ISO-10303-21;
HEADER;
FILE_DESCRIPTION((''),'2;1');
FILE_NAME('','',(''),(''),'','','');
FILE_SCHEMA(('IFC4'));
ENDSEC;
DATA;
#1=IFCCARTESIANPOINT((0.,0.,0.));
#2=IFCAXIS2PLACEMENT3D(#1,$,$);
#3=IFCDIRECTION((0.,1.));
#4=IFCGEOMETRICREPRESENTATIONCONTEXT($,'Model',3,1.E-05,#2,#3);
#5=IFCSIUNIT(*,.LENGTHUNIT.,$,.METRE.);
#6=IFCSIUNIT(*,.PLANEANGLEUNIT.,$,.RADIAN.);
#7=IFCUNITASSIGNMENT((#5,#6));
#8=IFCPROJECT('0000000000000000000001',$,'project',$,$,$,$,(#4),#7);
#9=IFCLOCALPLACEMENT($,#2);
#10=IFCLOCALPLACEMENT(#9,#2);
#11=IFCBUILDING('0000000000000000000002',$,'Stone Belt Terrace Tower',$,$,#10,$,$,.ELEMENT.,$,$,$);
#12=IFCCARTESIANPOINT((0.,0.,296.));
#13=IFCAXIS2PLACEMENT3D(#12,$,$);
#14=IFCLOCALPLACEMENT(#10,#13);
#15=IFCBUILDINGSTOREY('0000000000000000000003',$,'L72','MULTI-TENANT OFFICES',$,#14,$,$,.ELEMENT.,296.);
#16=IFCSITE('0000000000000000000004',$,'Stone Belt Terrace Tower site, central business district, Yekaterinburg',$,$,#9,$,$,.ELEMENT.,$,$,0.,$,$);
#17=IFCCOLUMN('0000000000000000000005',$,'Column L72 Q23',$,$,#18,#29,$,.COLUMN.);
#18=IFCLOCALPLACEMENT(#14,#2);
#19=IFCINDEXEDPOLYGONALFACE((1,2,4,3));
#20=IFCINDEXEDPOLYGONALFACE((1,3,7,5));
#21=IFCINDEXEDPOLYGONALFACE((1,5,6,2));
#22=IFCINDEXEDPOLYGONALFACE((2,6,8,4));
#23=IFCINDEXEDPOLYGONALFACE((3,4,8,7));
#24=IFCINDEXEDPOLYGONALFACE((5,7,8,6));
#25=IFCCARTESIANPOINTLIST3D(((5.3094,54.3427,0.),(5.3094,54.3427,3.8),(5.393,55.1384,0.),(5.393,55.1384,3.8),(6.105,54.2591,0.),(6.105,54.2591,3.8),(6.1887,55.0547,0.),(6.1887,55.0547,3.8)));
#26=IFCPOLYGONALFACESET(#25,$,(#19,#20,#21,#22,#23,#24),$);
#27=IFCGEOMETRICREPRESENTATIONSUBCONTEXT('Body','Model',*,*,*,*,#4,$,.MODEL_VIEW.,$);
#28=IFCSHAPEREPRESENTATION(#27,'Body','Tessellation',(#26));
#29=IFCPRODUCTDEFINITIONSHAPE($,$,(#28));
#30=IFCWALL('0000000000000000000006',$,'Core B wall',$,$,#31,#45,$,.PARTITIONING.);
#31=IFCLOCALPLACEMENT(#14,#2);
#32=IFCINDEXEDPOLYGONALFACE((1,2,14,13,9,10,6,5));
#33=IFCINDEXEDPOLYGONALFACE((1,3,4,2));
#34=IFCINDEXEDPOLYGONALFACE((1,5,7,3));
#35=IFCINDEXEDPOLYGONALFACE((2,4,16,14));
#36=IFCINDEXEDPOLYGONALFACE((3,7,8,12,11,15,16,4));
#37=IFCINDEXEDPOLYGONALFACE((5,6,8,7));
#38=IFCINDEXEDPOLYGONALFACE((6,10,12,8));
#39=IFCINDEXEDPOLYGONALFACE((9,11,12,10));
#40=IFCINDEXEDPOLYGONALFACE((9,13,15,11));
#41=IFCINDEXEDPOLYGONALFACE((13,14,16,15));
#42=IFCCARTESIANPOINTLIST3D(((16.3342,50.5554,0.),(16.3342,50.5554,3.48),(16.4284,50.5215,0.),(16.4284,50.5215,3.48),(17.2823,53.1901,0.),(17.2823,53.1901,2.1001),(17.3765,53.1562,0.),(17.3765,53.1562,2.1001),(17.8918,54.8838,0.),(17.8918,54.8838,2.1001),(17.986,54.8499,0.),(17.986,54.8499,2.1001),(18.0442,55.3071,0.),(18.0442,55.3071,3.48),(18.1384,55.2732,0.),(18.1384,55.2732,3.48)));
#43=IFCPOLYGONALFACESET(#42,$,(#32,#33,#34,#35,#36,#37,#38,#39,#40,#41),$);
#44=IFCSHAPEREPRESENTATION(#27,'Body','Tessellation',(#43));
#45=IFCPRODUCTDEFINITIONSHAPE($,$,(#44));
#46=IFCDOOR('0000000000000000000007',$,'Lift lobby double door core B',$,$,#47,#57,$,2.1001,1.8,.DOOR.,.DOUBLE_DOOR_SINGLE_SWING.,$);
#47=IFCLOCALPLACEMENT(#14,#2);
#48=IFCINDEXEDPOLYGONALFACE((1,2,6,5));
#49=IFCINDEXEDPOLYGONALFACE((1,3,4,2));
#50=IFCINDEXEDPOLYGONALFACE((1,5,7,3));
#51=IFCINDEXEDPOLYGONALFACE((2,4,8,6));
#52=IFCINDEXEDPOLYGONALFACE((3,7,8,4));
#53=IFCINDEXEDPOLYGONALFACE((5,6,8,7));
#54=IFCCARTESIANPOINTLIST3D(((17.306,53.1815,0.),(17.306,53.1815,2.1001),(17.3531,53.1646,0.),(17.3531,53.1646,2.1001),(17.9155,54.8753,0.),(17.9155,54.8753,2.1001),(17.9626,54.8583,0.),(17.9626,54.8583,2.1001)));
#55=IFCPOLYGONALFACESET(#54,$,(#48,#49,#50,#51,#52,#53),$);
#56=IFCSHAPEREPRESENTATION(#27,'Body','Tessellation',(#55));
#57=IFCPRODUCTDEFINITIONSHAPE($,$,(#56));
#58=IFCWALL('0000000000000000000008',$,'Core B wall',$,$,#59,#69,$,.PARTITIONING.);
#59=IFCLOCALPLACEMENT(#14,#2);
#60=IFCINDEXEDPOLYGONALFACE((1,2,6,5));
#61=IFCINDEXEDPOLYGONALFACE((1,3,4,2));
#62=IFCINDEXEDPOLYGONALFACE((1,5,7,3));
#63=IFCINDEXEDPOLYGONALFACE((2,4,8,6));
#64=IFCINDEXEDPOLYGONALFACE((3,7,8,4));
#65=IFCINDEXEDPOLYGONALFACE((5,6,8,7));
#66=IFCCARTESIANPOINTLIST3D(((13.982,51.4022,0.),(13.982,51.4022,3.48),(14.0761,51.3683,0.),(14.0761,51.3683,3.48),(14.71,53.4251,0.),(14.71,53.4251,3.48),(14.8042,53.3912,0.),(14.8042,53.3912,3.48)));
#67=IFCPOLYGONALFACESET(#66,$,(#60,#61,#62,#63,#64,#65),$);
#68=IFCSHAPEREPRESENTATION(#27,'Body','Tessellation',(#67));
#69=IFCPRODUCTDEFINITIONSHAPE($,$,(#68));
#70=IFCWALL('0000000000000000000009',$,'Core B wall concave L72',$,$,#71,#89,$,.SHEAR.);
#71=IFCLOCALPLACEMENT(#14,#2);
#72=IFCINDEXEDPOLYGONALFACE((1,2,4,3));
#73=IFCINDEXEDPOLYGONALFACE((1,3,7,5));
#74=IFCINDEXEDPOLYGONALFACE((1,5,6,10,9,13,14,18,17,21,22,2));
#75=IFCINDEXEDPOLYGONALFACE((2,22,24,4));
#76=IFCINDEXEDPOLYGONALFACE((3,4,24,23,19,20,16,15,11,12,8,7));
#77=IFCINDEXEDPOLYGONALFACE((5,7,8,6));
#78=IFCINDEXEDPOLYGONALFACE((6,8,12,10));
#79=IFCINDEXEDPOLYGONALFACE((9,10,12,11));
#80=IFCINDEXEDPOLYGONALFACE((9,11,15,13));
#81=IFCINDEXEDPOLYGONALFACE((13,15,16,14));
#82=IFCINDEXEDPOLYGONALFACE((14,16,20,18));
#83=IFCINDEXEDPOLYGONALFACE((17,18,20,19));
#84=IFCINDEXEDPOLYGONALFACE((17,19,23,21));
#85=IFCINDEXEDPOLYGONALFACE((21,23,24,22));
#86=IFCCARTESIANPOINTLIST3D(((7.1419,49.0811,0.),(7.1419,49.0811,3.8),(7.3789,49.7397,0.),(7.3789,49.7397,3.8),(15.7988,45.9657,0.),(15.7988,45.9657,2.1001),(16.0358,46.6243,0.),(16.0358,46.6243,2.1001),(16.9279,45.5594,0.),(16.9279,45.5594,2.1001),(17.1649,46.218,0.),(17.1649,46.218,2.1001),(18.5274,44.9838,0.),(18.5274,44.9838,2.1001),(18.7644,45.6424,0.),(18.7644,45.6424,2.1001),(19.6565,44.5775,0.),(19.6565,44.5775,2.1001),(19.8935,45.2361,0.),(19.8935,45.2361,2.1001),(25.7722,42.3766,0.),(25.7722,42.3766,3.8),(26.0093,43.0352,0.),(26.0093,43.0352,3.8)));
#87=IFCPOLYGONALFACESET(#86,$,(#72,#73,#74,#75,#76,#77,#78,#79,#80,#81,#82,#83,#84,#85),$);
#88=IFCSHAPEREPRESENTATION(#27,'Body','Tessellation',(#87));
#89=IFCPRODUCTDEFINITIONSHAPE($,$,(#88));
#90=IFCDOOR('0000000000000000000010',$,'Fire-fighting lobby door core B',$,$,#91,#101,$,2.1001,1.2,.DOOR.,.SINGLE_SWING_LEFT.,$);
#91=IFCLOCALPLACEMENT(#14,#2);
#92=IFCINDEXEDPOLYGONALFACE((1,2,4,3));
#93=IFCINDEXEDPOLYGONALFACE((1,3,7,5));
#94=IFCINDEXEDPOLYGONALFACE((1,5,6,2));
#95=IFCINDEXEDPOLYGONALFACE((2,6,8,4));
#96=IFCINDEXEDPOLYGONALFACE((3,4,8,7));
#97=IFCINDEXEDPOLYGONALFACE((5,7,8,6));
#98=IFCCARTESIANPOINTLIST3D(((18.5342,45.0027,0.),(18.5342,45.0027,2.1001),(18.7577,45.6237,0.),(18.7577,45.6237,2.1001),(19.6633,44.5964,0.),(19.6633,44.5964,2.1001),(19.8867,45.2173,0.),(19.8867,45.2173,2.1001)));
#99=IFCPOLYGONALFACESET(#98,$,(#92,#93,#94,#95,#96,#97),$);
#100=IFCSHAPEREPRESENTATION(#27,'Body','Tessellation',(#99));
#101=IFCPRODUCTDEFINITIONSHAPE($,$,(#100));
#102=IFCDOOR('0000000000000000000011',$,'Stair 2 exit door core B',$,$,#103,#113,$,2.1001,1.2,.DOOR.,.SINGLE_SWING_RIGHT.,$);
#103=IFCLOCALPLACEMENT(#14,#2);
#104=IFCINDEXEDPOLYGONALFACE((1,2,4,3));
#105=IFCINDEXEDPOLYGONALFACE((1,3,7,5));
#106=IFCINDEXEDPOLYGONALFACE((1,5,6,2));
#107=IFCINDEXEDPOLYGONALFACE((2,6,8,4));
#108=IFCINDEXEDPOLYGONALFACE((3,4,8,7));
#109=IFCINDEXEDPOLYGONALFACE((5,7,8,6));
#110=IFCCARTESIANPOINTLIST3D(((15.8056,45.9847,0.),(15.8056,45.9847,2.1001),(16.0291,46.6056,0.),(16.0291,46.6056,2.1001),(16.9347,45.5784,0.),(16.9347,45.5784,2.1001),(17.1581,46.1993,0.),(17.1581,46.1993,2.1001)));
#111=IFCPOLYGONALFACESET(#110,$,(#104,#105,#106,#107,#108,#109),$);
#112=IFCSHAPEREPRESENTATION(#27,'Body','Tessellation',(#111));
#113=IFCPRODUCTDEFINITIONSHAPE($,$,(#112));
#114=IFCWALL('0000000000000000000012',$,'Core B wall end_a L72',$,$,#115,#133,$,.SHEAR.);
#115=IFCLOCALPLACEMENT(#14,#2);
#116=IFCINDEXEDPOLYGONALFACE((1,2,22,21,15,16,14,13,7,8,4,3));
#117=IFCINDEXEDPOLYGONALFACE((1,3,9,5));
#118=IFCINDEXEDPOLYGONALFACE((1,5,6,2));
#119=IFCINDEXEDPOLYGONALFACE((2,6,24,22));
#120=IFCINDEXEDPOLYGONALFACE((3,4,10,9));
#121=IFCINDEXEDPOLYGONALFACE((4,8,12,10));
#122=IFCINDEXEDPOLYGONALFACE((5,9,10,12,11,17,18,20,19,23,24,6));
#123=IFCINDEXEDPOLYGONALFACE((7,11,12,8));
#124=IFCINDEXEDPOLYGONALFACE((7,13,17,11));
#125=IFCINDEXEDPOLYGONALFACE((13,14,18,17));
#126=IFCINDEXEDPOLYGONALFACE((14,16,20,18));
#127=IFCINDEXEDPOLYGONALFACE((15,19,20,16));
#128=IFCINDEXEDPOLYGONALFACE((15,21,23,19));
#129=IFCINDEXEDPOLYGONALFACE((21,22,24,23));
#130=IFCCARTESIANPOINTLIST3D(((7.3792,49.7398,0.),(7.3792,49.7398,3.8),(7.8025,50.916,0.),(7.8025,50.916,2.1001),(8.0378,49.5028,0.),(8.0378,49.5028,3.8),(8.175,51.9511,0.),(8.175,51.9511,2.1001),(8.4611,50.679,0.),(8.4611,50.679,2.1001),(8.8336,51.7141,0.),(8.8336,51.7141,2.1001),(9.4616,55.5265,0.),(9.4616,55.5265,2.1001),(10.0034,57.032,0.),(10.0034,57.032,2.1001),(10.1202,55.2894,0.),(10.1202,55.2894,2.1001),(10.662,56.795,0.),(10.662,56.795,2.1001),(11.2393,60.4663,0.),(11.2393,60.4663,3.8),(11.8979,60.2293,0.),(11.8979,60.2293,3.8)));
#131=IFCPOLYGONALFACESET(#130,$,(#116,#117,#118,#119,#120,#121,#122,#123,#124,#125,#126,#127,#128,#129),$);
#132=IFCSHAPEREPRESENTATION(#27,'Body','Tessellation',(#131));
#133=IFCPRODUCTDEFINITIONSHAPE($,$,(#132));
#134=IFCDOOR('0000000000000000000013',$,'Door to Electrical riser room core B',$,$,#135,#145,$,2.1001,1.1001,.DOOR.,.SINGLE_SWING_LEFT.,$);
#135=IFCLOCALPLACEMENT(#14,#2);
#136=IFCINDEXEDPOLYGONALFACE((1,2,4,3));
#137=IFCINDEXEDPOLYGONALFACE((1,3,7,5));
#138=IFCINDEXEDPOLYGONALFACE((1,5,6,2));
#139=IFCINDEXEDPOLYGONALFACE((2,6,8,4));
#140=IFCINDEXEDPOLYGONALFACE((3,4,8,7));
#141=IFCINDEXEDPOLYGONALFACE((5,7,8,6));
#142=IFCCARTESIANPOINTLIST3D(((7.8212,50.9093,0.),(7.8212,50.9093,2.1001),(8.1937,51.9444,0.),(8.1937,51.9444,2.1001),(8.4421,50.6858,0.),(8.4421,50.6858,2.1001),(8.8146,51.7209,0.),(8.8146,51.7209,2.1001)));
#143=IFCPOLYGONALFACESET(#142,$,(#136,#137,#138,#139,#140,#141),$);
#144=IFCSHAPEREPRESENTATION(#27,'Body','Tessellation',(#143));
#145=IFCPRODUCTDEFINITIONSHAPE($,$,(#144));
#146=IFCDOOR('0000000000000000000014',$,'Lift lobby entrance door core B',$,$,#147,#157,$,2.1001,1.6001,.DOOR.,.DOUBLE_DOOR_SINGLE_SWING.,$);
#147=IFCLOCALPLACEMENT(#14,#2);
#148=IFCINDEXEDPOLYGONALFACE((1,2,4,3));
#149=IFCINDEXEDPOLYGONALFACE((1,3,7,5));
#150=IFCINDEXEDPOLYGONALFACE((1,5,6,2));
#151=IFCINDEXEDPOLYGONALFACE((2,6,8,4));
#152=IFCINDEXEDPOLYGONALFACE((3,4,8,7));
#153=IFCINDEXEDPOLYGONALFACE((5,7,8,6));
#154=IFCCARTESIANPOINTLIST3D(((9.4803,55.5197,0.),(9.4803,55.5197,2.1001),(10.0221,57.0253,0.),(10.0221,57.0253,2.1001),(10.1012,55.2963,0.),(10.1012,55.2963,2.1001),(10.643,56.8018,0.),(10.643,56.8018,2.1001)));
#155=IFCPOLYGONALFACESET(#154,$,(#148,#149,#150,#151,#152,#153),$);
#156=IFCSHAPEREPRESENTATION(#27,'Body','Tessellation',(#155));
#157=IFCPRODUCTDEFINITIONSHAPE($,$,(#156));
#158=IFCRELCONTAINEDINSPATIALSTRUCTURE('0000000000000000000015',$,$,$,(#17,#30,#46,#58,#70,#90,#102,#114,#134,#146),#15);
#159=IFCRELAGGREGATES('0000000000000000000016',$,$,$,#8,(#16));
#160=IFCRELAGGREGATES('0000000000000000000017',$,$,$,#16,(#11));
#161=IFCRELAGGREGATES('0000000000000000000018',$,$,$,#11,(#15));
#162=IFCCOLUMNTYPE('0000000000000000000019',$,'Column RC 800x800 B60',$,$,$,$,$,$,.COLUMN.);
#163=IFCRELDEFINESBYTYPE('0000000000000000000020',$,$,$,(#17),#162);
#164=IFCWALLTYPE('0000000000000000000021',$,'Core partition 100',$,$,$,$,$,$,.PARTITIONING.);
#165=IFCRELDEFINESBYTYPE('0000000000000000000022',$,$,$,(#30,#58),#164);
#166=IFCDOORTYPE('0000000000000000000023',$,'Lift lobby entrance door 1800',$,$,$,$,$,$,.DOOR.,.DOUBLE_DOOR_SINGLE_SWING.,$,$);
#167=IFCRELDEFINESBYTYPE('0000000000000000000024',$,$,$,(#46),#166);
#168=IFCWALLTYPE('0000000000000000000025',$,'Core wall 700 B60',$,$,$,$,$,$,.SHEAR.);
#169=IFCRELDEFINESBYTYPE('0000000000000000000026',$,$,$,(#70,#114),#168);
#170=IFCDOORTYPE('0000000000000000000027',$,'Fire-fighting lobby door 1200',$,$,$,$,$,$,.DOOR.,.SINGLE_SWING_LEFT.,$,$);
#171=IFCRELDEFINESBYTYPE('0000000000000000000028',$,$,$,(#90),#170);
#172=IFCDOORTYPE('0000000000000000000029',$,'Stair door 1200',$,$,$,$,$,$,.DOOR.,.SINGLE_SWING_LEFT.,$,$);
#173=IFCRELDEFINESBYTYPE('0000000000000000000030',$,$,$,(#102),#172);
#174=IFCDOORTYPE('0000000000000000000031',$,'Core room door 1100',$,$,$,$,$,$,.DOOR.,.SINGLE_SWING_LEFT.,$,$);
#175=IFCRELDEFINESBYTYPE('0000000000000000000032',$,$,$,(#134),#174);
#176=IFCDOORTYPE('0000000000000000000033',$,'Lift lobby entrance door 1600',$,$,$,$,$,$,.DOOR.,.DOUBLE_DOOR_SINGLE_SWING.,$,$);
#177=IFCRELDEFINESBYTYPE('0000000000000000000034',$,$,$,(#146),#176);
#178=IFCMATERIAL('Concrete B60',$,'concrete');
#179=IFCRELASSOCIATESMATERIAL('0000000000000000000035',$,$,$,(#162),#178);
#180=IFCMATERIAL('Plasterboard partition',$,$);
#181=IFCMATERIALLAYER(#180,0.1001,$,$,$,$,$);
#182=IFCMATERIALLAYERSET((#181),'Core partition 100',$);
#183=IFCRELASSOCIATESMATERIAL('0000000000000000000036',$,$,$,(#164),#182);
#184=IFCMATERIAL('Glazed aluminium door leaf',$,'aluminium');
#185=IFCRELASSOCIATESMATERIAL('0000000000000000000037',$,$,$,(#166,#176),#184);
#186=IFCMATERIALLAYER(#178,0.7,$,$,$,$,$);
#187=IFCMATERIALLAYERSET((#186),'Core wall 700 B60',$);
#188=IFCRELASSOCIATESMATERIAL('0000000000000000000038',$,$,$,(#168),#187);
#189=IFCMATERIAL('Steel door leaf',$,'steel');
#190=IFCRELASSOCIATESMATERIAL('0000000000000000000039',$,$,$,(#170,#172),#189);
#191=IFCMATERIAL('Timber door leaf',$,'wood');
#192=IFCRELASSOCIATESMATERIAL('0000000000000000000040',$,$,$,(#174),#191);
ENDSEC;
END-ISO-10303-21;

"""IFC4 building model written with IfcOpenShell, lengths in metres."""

from ifc_helpers import new_model, si_unit, direction, frame, frame_2d, origin, origin_2d, place, context, subcontext, project, spatial, rectangle, extrude, material, layer, layer_set, material_profile, profile_set, type_object, element, fill, save


model = new_model("IFC4")

# Units and contexts
model_context = context("Model", 3, precision=1e-05, world=origin(), true_north=direction((0.0, 1.0)))
body_context = subcontext(model_context, "Body", "Model", "MODEL_VIEW")
ifc_project = project(units=[si_unit("LENGTHUNIT", "METRE"), si_unit("PLANEANGLEUNIT", "RADIAN")], contexts=[model_context])

# Site, building, storey
site_placement = place(None, origin())
site = spatial("IfcSite", under=ifc_project, at=site_placement, Name="Stone Belt Terrace Tower site, central business district, Yekaterinburg", CompositionType="ELEMENT", RefElevation=0.0)
building_placement = place(site_placement, origin())
building = spatial("IfcBuilding", under=site, at=building_placement, Name="Stone Belt Terrace Tower", CompositionType="ELEMENT")
storey_placement = place(building_placement, frame((0.0, 0.0, 296.0)))
storey = spatial("IfcBuildingStorey", under=building, at=storey_placement, Name="L72", Description="MULTI-TENANT OFFICES", CompositionType="ELEMENT", Elevation=296.0)

# Column
ifc_material_1 = material(Name="Concrete B60", Category="concrete")
ifc_material_profile = material_profile(ifc_material_1, rectangle(XDim=0.8, YDim=0.8, at=origin_2d()), Name="RC 800x800")
ifc_profile_set = profile_set([ifc_material_profile], Name="Concrete B60")
column_type = type_object("IfcColumnType", Name="Column RC 800x800 B60", PredefinedType="COLUMN", material=ifc_profile_set)
column_placement = place(storey_placement, frame((5.749, 54.6987, 0.0), z_axis=(0.0, 0.0, 1.0), x_axis=(0.994522, -0.104528, 0.0)))
element("IfcColumn", 1, at=column_placement, inside=storey, type_object=column_type, Name="Column L72 Q23", PredefinedType="COLUMN", context=body_context, shape_type="SweptSolid", body=[
    extrude(rectangle(XDim=0.8, YDim=0.8, at=origin_2d()), origin(), (0.0, 0.0, 1.0), 3.8),
])

# Wall, opening, door
ifc_material_2 = material(Name="Plasterboard partition")
ifc_layer_1 = layer(ifc_material_2, 0.1001)
ifc_layer_set_1 = layer_set([ifc_layer_1], Name="Core partition 100")
wall_type_1 = type_object("IfcWallType", Name="Core partition 100", PredefinedType="PARTITIONING", material=ifc_layer_set_1)
wall_1_placement = place(storey_placement, frame((16.3813, 50.5386, 0.0), z_axis=(0.0, 0.0, 1.0), x_axis=(0.338605, 0.940929, 0.0)))
wall_1 = element("IfcWall", 2, at=wall_1_placement, inside=storey, type_object=wall_type_1, Name="Core B wall", PredefinedType="PARTITIONING", context=body_context, shape_type="SweptSolid", body=[
    extrude(rectangle(XDim=5.05, YDim=0.1001, at=frame_2d((2.5249, 0.0))), origin(), (0.0, 0.0, 1.0), 3.48),
])
opening_1_placement = place(wall_1_placement, frame((2.8, 0.0, 0.0)))
opening_1 = element("IfcOpeningElement", 3, at=opening_1_placement, cuts=wall_1, PredefinedType="OPENING", context=body_context, shape_type="SweptSolid", body=[
    extrude(rectangle(XDim=1.8, YDim=2.1001, at=frame_2d((0.8999, 1.05))), frame((0.0, 0.0601, 0.0), z_axis=(0.0, -1.0, 0.0), x_axis=(1.0, 0.0, 0.0)), (0.0, 0.0, 1.0), 0.1201),
])
ifc_material_3 = material(Name="Glazed aluminium door leaf", Category="aluminium")
door_type_1 = type_object("IfcDoorType", Name="Lift lobby entrance door 1800", OperationType="DOUBLE_DOOR_SINGLE_SWING", PredefinedType="DOOR", material=ifc_material_3)
door_1_placement = place(opening_1_placement, origin())
door_1 = element("IfcDoor", 4, at=door_1_placement, inside=storey, type_object=door_type_1, Name="Lift lobby double door core B", OperationType="DOUBLE_DOOR_SINGLE_SWING", OverallHeight=2.1001, OverallWidth=1.8, PredefinedType="DOOR", context=body_context, shape_type="SweptSolid", body=[
    extrude(rectangle(XDim=1.8, YDim=2.1001, at=frame_2d((0.8999, 1.05))), frame((0.0, 0.0249, 0.0), z_axis=(0.0, -1.0, 0.0), x_axis=(1.0, 0.0, 0.0)), (0.0, 0.0, 1.0), 0.05),
])
fill(opening_1, door_1)

# Wall
wall_2_placement = place(storey_placement, frame((14.0291, 51.3853, 0.0), z_axis=(0.0, 0.0, 1.0), x_axis=(0.338623, 0.940922, 0.0)))
element("IfcWall", 5, at=wall_2_placement, inside=storey, type_object=wall_type_1, Name="Core B wall", PredefinedType="PARTITIONING", context=body_context, shape_type="SweptSolid", body=[
    extrude(rectangle(XDim=2.1499, YDim=0.1001, at=frame_2d((1.075, 0.0))), origin(), (0.0, 0.0, 1.0), 3.48),
])

# Walls, openings, doors
ifc_layer_2 = layer(ifc_material_1, 0.7)
ifc_layer_set_2 = layer_set([ifc_layer_2], Name="Core wall 700 B60")
wall_type_2 = type_object("IfcWallType", Name="Core wall 700 B60", PredefinedType="SHEAR", material=ifc_layer_set_2)
wall_3_placement = place(storey_placement, frame((7.2605, 49.4104, 0.0), z_axis=(0.0, 0.0, 1.0), x_axis=(0.940925, -0.338615, 0.0)))
wall_3 = element("IfcWall", 6, at=wall_3_placement, inside=storey, type_object=wall_type_2, Name="Core B wall concave L72", PredefinedType="SHEAR", context=body_context, shape_type="SweptSolid", body=[
    extrude(rectangle(XDim=19.8, YDim=0.7, at=frame_2d((9.8999, 0.0))), origin(), (0.0, 0.0, 1.0), 3.8),
])
opening_2_placement = place(wall_3_placement, frame((12.1001, 0.0, 0.0)))
opening_2 = element("IfcOpeningElement", 7, at=opening_2_placement, cuts=wall_3, PredefinedType="OPENING", context=body_context, shape_type="SweptSolid", body=[
    extrude(rectangle(XDim=1.2, YDim=2.1001, at=frame_2d((0.6001, 1.05))), frame((0.0, 0.3599, 0.0), z_axis=(0.0, -1.0, 0.0), x_axis=(1.0, 0.0, 0.0)), (0.0, 0.0, 1.0), 0.72),
])
opening_3_placement = place(wall_3_placement, frame((9.2002, 0.0, 0.0)))
opening_3 = element("IfcOpeningElement", 8, at=opening_3_placement, cuts=wall_3, PredefinedType="OPENING", context=body_context, shape_type="SweptSolid", body=[
    extrude(rectangle(XDim=1.2, YDim=2.1001, at=frame_2d((0.6001, 1.05))), frame((0.0, 0.3599, 0.0), z_axis=(0.0, -1.0, 0.0), x_axis=(1.0, 0.0, 0.0)), (0.0, 0.0, 1.0), 0.72),
])
ifc_material_4 = material(Name="Steel door leaf", Category="steel")
door_type_2 = type_object("IfcDoorType", Name="Fire-fighting lobby door 1200", OperationType="SINGLE_SWING_LEFT", PredefinedType="DOOR", material=ifc_material_4)
door_2_placement = place(opening_2_placement, origin())
door_2 = element("IfcDoor", 9, at=door_2_placement, inside=storey, type_object=door_type_2, Name="Fire-fighting lobby door core B", OperationType="SINGLE_SWING_LEFT", OverallHeight=2.1001, OverallWidth=1.2, PredefinedType="DOOR", context=body_context, shape_type="SweptSolid", body=[
    extrude(rectangle(XDim=1.2, YDim=2.1001, at=frame_2d((0.6001, 1.05))), frame((0.0, 0.3301, 0.0), z_axis=(0.0, -1.0, 0.0), x_axis=(1.0, 0.0, 0.0)), (0.0, 0.0, 1.0), 0.6599),
])
fill(opening_2, door_2)
door_type_3 = type_object("IfcDoorType", Name="Stair door 1200", OperationType="SINGLE_SWING_LEFT", PredefinedType="DOOR", material=ifc_material_4)
door_3_placement = place(opening_3_placement, origin())
door_3 = element("IfcDoor", 10, at=door_3_placement, inside=storey, type_object=door_type_3, Name="Stair 2 exit door core B", OperationType="SINGLE_SWING_RIGHT", OverallHeight=2.1001, OverallWidth=1.2, PredefinedType="DOOR", context=body_context, shape_type="SweptSolid", body=[
    extrude(rectangle(XDim=1.2, YDim=2.1001, at=frame_2d((0.6001, 1.05))), frame((0.0, 0.3301, 0.0), z_axis=(0.0, -1.0, 0.0), x_axis=(1.0, 0.0, 0.0)), (0.0, 0.0, 1.0), 0.6599),
])
fill(opening_3, door_3)
wall_4_placement = place(storey_placement, frame((7.7085, 49.6213, 0.0), z_axis=(0.0, 0.0, 1.0), x_axis=(0.338606, 0.940928, 0.0)))
wall_4 = element("IfcWall", 11, at=wall_4_placement, inside=storey, type_object=wall_type_2, Name="Core B wall end_a L72", PredefinedType="SHEAR", context=body_context, shape_type="SweptSolid", body=[
    extrude(rectangle(XDim=11.3999, YDim=0.7, at=frame_2d((5.7, 0.0))), origin(), (0.0, 0.0, 1.0), 3.8),
])
opening_4_placement = place(wall_4_placement, frame((6.1499, 0.0, 0.0)))
opening_4 = element("IfcOpeningElement", 12, at=opening_4_placement, cuts=wall_4, PredefinedType="OPENING", context=body_context, shape_type="SweptSolid", body=[
    extrude(rectangle(XDim=1.6001, YDim=2.1001, at=frame_2d((0.8, 1.05))), frame((0.0, 0.3599, 0.0), z_axis=(0.0, -1.0, 0.0), x_axis=(1.0, 0.0, 0.0)), (0.0, 0.0, 1.0), 0.72),
])
opening_5_placement = place(wall_4_placement, frame((1.25, 0.0, 0.0)))
opening_5 = element("IfcOpeningElement", 13, at=opening_5_placement, cuts=wall_4, PredefinedType="OPENING", context=body_context, shape_type="SweptSolid", body=[
    extrude(rectangle(XDim=1.1001, YDim=2.1001, at=frame_2d((0.55, 1.05))), frame((0.0, 0.3599, 0.0), z_axis=(0.0, -1.0, 0.0), x_axis=(1.0, 0.0, 0.0)), (0.0, 0.0, 1.0), 0.72),
])
ifc_material_5 = material(Name="Timber door leaf", Category="wood")
door_type_4 = type_object("IfcDoorType", Name="Core room door 1100", OperationType="SINGLE_SWING_LEFT", PredefinedType="DOOR", material=ifc_material_5)
door_4_placement = place(opening_5_placement, origin())
door_4 = element("IfcDoor", 14, at=door_4_placement, inside=storey, type_object=door_type_4, Name="Door to Electrical riser room core B", OperationType="SINGLE_SWING_LEFT", OverallHeight=2.1001, OverallWidth=1.1001, PredefinedType="DOOR", context=body_context, shape_type="SweptSolid", body=[
    extrude(rectangle(XDim=1.1001, YDim=2.1001, at=frame_2d((0.55, 1.05))), frame((0.0, 0.3301, 0.0), z_axis=(0.0, -1.0, 0.0), x_axis=(1.0, 0.0, 0.0)), (0.0, 0.0, 1.0), 0.6599),
])
fill(opening_5, door_4)
door_type_5 = type_object("IfcDoorType", Name="Lift lobby entrance door 1600", OperationType="DOUBLE_DOOR_SINGLE_SWING", PredefinedType="DOOR", material=ifc_material_3)
door_5_placement = place(opening_4_placement, origin())
door_5 = element("IfcDoor", 15, at=door_5_placement, inside=storey, type_object=door_type_5, Name="Lift lobby entrance door core B", OperationType="DOUBLE_DOOR_SINGLE_SWING", OverallHeight=2.1001, OverallWidth=1.6001, PredefinedType="DOOR", context=body_context, shape_type="SweptSolid", body=[
    extrude(rectangle(XDim=1.6001, YDim=2.1001, at=frame_2d((0.8, 1.05))), frame((0.0, 0.3301, 0.0), z_axis=(0.0, -1.0, 0.0), x_axis=(1.0, 0.0, 0.0)), (0.0, 0.0, 1.0), 0.6599),
])
fill(opening_4, door_5)

save(model, "model.ifc")
